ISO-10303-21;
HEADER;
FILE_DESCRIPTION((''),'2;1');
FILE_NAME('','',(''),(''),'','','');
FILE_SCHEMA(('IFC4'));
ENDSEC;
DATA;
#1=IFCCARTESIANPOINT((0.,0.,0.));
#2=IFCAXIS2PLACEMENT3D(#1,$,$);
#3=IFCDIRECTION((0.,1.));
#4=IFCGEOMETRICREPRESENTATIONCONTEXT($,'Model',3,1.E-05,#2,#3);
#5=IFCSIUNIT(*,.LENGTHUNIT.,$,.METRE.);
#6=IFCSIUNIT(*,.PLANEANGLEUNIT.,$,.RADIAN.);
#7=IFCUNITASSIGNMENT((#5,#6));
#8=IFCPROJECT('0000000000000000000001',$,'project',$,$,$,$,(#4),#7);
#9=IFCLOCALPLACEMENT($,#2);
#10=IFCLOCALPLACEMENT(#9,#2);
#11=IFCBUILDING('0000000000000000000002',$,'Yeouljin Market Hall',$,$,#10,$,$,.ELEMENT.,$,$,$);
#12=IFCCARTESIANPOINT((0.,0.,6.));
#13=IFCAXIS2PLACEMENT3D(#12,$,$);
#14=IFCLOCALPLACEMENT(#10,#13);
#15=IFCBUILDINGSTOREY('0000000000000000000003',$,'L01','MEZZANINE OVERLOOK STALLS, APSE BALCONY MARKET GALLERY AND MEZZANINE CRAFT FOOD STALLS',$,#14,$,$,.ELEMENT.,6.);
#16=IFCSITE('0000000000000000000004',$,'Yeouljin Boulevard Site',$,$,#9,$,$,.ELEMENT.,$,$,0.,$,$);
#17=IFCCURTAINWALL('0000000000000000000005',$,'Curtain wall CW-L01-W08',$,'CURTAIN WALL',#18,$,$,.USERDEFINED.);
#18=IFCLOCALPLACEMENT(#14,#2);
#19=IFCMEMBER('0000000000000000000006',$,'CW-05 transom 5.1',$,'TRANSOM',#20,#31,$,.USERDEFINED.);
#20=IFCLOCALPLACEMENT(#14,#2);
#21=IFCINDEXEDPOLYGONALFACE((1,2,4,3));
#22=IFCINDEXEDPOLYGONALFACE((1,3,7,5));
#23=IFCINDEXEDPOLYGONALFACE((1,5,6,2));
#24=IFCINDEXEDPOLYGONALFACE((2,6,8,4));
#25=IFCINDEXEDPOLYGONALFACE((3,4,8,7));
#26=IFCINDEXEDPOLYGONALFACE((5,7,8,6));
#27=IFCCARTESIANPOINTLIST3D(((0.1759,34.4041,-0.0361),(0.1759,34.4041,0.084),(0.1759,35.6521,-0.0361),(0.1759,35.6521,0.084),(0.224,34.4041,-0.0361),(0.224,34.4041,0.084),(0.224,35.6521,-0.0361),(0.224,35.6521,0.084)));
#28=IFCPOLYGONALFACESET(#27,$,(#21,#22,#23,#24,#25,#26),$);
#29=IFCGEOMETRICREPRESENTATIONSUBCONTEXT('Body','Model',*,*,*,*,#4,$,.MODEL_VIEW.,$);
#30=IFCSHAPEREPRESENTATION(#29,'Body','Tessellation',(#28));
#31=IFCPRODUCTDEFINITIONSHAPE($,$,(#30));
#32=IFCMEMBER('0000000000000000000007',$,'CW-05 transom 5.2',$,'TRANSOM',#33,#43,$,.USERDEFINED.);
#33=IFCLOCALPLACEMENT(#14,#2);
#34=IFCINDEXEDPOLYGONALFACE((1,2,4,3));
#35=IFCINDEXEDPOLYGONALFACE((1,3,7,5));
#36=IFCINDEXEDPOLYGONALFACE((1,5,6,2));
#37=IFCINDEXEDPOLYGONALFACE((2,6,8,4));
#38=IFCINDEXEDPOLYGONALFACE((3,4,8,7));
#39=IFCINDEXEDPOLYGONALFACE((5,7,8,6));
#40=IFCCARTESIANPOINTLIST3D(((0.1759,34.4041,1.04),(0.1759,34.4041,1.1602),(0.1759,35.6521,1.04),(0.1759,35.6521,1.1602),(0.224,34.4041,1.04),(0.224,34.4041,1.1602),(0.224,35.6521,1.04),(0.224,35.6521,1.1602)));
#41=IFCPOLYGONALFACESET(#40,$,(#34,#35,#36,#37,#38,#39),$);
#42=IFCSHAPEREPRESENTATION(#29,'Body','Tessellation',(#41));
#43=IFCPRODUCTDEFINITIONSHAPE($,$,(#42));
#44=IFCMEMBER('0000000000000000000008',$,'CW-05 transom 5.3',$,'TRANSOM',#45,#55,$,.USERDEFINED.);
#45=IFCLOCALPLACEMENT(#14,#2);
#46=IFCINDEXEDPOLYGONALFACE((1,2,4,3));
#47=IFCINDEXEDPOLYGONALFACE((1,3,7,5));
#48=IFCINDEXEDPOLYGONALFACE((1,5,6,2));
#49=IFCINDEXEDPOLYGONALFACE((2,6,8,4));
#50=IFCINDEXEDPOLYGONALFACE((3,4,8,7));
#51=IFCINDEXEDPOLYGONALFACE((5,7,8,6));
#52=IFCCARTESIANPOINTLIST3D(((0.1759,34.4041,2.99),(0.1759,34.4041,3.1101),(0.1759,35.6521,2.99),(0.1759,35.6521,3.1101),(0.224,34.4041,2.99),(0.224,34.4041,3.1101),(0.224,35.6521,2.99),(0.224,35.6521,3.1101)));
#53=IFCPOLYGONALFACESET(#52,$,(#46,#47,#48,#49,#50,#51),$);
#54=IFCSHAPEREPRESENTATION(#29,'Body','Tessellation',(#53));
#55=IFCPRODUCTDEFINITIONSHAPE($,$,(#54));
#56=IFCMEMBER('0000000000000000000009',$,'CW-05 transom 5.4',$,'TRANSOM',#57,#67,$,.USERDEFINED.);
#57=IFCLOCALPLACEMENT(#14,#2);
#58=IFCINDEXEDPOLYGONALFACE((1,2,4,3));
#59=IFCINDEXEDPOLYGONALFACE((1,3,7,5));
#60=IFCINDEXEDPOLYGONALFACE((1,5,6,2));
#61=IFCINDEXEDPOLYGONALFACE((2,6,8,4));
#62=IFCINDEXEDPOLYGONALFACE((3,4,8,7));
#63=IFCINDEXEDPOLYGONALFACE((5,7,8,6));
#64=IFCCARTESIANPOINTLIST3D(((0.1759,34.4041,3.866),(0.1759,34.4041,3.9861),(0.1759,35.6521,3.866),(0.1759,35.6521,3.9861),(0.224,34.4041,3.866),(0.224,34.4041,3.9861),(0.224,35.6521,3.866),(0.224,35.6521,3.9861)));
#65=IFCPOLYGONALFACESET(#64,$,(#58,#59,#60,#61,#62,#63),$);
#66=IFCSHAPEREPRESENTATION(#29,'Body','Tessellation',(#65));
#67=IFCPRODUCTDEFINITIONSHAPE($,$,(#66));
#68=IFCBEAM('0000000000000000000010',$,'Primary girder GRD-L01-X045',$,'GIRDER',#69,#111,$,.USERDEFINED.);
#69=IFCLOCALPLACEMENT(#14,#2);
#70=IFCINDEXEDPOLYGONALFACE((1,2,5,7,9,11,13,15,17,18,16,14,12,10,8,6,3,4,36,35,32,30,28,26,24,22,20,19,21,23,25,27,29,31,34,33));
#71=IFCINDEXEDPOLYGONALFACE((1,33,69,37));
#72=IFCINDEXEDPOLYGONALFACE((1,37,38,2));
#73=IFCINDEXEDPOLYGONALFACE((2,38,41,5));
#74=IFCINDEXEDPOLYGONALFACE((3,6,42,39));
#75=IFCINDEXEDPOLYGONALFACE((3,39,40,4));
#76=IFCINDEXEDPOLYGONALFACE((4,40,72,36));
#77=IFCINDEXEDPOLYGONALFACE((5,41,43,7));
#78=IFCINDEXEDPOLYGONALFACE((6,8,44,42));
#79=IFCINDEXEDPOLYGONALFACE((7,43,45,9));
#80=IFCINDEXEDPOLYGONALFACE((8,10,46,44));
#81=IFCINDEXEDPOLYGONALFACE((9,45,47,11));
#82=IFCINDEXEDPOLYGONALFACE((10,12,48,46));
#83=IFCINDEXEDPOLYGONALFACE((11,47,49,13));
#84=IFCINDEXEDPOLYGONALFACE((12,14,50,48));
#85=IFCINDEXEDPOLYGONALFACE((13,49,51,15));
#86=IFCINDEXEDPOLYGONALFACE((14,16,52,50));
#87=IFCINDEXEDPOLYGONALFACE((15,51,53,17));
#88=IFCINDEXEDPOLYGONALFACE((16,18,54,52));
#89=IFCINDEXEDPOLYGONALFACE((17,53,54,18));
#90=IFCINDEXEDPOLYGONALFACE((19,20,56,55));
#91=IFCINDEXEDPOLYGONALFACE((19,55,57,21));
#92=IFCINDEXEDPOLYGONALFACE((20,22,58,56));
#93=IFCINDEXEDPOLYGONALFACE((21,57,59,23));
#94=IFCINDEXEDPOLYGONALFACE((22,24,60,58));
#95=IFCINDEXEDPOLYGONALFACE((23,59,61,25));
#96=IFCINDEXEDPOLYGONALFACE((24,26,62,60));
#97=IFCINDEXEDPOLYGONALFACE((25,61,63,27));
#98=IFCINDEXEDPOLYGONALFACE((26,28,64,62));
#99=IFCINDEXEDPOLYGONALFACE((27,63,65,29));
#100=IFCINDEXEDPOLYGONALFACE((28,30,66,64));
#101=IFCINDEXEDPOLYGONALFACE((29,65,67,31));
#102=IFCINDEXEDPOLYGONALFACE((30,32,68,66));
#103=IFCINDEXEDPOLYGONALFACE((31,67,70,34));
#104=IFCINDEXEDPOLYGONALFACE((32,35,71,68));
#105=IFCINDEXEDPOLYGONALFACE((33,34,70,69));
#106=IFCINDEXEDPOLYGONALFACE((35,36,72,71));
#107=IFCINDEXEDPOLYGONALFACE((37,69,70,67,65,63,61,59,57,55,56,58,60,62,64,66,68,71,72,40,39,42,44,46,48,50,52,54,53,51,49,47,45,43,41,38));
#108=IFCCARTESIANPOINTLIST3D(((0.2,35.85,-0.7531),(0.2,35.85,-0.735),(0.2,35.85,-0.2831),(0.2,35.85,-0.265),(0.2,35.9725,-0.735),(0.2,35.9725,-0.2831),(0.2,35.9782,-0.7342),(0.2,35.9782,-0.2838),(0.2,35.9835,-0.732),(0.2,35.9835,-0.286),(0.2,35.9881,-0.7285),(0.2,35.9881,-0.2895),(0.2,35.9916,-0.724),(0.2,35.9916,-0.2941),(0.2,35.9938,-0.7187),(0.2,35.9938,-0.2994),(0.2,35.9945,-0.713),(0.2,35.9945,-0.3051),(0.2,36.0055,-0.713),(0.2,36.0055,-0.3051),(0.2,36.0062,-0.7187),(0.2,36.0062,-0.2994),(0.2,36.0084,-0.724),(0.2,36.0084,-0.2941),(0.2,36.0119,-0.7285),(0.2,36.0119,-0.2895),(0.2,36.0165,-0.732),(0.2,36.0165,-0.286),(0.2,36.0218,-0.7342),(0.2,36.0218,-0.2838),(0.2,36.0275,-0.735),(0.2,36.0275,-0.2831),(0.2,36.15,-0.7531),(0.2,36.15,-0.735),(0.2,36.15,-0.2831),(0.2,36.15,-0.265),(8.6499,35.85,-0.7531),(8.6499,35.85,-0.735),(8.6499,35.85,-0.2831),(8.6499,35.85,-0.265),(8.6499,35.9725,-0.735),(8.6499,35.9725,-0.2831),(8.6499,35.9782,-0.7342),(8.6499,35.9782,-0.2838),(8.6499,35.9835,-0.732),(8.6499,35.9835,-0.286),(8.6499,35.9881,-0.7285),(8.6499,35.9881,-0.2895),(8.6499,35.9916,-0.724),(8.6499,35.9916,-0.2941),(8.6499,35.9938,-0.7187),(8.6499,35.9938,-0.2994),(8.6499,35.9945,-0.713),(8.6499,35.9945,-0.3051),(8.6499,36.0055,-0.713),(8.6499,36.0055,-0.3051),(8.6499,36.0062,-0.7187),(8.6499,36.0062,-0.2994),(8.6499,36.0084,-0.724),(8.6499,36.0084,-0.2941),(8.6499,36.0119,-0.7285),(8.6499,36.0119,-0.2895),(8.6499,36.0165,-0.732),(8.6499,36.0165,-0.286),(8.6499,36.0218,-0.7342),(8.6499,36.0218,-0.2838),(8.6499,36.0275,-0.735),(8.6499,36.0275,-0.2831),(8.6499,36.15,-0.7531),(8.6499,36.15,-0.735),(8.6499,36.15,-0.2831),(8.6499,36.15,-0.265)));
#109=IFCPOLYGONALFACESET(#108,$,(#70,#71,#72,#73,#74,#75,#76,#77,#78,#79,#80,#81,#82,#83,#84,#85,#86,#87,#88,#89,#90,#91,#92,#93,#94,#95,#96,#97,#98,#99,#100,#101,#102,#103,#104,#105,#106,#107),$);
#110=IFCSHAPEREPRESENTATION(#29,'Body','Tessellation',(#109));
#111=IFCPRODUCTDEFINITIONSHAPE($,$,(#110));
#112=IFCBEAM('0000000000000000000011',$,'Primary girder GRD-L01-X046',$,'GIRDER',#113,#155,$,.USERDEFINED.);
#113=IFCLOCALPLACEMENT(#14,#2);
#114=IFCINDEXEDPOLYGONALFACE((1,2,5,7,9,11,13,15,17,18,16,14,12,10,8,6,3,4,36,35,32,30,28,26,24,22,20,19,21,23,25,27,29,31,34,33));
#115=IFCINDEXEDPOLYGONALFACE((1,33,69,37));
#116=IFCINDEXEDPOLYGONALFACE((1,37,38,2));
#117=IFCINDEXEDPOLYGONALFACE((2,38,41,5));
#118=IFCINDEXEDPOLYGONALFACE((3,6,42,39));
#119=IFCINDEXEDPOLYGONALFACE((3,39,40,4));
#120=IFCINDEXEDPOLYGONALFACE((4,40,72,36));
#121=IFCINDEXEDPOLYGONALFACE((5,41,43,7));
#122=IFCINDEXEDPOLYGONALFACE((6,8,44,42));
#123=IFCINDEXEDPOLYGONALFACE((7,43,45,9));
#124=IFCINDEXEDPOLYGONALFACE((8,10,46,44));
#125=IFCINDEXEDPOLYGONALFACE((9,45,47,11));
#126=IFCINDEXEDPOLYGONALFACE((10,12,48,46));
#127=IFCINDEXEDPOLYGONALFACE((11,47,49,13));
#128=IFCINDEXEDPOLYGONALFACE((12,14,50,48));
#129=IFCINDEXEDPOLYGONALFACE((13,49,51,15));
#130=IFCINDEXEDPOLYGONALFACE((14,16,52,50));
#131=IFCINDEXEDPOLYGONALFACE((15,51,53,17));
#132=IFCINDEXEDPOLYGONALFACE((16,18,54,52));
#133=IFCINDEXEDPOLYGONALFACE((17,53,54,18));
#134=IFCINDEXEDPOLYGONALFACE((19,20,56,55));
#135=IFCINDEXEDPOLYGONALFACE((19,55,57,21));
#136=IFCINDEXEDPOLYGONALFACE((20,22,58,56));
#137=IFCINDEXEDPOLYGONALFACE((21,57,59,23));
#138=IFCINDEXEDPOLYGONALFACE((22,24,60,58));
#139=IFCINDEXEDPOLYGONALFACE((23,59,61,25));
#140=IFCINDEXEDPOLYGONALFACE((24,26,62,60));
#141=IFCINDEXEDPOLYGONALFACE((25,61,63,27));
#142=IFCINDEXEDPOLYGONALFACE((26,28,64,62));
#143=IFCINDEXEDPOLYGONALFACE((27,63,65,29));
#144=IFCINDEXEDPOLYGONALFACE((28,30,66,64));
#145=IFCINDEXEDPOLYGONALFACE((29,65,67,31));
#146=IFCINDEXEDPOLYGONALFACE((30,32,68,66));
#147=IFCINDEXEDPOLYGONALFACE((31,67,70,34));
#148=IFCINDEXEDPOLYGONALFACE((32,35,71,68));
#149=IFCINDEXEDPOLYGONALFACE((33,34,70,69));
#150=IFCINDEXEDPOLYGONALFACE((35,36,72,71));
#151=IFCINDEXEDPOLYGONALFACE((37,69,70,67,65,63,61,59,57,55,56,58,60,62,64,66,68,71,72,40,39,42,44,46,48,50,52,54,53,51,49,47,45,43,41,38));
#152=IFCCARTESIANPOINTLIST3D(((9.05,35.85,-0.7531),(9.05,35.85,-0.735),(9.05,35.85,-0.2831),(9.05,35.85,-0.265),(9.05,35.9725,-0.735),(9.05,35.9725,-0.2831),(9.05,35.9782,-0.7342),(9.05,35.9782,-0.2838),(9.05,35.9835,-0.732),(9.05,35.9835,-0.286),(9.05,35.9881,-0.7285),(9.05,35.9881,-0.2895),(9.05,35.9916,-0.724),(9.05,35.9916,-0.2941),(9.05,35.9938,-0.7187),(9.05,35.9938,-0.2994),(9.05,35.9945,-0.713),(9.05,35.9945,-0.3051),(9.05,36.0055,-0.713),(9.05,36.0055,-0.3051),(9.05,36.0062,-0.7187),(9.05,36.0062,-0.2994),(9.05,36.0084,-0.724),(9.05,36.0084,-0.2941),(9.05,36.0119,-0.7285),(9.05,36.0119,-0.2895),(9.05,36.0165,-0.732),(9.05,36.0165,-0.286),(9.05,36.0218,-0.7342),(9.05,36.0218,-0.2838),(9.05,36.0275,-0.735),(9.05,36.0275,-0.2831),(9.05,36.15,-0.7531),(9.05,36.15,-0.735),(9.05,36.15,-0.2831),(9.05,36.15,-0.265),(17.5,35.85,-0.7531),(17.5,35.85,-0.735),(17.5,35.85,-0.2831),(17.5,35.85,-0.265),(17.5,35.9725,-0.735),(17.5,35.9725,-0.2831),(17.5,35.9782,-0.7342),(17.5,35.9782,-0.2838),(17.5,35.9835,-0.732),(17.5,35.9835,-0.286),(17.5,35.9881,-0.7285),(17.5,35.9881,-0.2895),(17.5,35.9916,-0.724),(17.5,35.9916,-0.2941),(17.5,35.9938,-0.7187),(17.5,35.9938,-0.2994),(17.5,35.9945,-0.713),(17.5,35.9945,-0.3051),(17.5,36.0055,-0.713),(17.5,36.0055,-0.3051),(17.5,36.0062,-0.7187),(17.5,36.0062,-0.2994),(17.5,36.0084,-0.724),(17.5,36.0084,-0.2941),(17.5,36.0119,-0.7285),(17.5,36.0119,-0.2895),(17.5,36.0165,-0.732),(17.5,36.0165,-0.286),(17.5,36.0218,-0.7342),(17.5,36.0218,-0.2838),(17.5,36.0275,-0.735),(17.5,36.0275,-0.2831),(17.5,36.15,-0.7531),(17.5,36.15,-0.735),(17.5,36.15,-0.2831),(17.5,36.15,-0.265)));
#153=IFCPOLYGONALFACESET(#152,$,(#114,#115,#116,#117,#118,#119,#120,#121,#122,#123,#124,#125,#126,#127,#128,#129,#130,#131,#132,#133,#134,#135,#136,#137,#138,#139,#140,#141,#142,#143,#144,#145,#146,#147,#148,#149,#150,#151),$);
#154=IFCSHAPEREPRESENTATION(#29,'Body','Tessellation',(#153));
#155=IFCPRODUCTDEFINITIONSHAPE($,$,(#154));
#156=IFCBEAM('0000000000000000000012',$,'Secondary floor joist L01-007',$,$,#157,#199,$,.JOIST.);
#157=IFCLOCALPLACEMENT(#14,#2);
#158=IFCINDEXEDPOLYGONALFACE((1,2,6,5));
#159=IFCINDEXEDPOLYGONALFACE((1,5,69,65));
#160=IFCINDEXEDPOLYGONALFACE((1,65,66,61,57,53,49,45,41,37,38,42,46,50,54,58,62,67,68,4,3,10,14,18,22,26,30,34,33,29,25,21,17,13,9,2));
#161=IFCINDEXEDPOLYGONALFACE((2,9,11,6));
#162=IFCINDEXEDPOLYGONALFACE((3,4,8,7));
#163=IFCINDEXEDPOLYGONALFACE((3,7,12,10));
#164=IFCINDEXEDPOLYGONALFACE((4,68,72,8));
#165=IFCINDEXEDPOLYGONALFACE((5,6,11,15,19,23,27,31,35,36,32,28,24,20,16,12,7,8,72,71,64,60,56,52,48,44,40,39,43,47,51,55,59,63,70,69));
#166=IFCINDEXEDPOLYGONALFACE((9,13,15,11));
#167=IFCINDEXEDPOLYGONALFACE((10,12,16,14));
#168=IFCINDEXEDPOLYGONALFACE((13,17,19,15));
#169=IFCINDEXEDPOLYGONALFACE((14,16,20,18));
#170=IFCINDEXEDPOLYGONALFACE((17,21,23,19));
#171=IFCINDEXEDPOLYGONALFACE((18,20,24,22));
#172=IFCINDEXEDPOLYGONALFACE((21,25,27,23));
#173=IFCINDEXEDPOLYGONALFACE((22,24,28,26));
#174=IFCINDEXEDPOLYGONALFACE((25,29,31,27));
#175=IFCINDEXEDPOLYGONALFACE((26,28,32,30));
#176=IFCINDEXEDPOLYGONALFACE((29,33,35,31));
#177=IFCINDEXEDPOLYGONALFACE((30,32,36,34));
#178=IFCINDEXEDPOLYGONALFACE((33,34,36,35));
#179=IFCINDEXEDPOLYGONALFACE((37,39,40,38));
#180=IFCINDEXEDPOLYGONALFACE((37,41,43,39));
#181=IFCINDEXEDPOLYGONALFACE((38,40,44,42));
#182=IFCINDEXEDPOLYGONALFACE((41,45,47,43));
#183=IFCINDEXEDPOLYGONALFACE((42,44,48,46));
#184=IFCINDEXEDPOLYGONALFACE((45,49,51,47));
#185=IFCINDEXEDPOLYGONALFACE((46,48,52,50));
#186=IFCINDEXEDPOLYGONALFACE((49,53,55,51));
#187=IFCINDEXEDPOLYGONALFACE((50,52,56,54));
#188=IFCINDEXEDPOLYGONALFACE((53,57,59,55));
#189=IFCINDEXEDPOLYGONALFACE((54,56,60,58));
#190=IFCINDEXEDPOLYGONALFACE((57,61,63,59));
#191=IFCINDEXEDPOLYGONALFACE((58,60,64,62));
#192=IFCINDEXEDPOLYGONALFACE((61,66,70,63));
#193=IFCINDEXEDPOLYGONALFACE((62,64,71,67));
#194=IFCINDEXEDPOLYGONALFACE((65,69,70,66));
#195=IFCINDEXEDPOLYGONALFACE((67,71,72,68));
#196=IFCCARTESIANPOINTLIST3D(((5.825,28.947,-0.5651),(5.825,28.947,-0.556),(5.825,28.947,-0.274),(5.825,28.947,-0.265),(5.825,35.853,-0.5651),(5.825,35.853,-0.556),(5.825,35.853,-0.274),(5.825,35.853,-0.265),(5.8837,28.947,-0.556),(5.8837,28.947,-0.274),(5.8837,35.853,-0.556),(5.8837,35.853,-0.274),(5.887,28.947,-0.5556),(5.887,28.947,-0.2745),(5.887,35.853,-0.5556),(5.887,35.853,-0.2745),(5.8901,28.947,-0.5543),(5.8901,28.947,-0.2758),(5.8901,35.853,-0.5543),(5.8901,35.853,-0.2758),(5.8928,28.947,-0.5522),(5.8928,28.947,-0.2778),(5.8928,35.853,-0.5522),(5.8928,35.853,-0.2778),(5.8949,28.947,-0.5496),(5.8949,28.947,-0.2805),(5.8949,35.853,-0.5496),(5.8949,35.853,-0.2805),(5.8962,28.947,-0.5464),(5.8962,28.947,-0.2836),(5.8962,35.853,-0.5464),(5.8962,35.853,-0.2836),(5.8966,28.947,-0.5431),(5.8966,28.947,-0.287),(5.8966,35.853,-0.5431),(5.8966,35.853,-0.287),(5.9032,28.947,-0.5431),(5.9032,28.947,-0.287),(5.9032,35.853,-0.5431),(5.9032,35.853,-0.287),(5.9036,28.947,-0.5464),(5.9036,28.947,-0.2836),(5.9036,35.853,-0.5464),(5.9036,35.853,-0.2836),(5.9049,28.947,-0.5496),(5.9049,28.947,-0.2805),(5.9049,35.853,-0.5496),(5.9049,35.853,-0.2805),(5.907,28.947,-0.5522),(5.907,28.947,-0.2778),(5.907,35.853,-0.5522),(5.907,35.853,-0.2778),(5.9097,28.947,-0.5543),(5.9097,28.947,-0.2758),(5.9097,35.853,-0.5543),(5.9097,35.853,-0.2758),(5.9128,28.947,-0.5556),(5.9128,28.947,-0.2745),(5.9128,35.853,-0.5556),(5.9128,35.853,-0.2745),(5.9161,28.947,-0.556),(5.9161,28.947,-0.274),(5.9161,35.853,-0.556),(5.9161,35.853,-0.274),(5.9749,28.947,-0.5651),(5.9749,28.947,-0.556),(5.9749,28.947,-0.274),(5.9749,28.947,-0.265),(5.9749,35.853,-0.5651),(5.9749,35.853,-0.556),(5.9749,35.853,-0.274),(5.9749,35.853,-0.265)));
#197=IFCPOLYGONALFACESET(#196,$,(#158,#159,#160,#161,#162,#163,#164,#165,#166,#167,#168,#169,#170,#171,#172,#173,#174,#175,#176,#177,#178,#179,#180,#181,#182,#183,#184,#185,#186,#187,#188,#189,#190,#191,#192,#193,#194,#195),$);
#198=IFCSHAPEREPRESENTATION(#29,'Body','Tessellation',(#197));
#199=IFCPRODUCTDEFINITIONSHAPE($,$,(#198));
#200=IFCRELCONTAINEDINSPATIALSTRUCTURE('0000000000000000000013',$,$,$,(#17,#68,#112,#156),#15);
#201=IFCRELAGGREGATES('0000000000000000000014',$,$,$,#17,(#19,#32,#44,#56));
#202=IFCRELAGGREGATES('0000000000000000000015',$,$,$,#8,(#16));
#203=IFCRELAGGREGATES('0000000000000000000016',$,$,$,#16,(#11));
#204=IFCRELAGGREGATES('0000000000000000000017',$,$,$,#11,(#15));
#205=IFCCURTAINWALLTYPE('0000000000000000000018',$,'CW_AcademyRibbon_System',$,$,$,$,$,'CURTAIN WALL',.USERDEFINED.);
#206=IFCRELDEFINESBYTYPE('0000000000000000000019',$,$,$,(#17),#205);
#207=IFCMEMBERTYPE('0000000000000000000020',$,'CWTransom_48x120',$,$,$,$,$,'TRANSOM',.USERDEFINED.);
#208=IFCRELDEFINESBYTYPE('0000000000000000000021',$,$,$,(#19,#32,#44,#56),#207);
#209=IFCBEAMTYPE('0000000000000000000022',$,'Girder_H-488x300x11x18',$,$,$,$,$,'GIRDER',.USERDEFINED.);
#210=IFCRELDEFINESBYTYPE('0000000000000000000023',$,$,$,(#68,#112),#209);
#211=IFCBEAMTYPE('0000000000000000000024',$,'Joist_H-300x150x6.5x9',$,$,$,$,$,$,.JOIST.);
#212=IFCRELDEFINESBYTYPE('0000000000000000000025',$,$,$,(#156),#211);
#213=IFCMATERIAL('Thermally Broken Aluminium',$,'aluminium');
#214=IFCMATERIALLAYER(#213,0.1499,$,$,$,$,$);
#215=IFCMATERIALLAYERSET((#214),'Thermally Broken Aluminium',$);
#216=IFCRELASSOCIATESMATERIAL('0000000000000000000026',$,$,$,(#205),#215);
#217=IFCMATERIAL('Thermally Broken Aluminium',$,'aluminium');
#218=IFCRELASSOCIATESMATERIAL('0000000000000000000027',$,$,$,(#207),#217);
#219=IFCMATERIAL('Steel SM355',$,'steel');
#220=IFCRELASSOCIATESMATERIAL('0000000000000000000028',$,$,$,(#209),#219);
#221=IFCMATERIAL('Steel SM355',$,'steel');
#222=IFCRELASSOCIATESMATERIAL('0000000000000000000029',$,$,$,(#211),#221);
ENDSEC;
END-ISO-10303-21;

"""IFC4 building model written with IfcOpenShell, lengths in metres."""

from ifc_helpers import new_model, si_unit, direction, frame, origin, origin_2d, place, context, subcontext, project, spatial, rectangle, i_section, extrude, material, layer, layer_set, material_profile, profile_set, type_object, element, aggregate, save


model = new_model("IFC4")

# Units and contexts
model_context = context("Model", 3, precision=1e-05, world=origin(), true_north=direction((0.0, 1.0)))
body_context = subcontext(model_context, "Body", "Model", "MODEL_VIEW")
ifc_project = project(units=[si_unit("LENGTHUNIT", "METRE"), si_unit("PLANEANGLEUNIT", "RADIAN")], contexts=[model_context])

# Site, building, storey
site_placement = place(None, origin())
site = spatial("IfcSite", under=ifc_project, at=site_placement, Name="Yeouljin Boulevard Site", CompositionType="ELEMENT", RefElevation=0.0)
building_placement = place(site_placement, origin())
building = spatial("IfcBuilding", under=site, at=building_placement, Name="Yeouljin Market Hall", CompositionType="ELEMENT")
storey_placement = place(building_placement, frame((0.0, 0.0, 6.0)))
storey = spatial("IfcBuildingStorey", under=building, at=storey_placement, Name="L01", Description="MEZZANINE OVERLOOK STALLS, APSE BALCONY MARKET GALLERY AND MEZZANINE CRAFT FOOD STALLS", CompositionType="ELEMENT", Elevation=6.0)

# Curtain wall, members
ifc_material_1 = material(Name="Thermally Broken Aluminium", Category="aluminium")
ifc_layer_1 = layer(ifc_material_1, 0.1499)
ifc_layer_set_1 = layer_set([ifc_layer_1], Name="Thermally Broken Aluminium")
curtain_wall_type = type_object("IfcCurtainWallType", Name="CW_AcademyRibbon_System", ElementType="CURTAIN WALL", PredefinedType="USERDEFINED", material=ifc_layer_set_1)
curtain_wall_placement = place(storey_placement, origin())
curtain_wall = element("IfcCurtainWall", 1, at=curtain_wall_placement, inside=storey, type_object=curtain_wall_type, Name="Curtain wall CW-L01-W08", ObjectType="CURTAIN WALL", PredefinedType="USERDEFINED")
ifc_material_2 = material(Name="Thermally Broken Aluminium", Category="aluminium")
ifc_material_profile_1 = material_profile(ifc_material_2, rectangle(XDim=0.0481, YDim=0.1201, at=origin_2d()), Name="CW-TRAN-48x120")
ifc_profile_set_1 = profile_set([ifc_material_profile_1], Name="Thermally Broken Aluminium")
member_type_1 = type_object("IfcMemberType", Name="CWTransom_48x120", ElementType="TRANSOM", PredefinedType="USERDEFINED", material=ifc_profile_set_1)
member_1_placement = place(storey_placement, frame((0.2, 34.4041, 0.0239), z_axis=(0.0, 1.0, 0.0), x_axis=(-1.0, 0.0, 0.0)))
member_1 = element("IfcMember", 2, at=member_1_placement, type_object=member_type_1, Name="CW-05 transom 5.1", ObjectType="TRANSOM", PredefinedType="USERDEFINED", context=body_context, shape_type="SweptSolid", body=[
    extrude(rectangle(XDim=0.0481, YDim=0.1201, at=origin_2d()), origin(), (0.0, 0.0, 1.0), 1.248),
])
member_2_placement = place(storey_placement, frame((0.2, 34.4041, 1.1001), z_axis=(0.0, 1.0, 0.0), x_axis=(-1.0, 0.0, 0.0)))
member_2 = element("IfcMember", 3, at=member_2_placement, type_object=member_type_1, Name="CW-05 transom 5.2", ObjectType="TRANSOM", PredefinedType="USERDEFINED", context=body_context, shape_type="SweptSolid", body=[
    extrude(rectangle(XDim=0.0481, YDim=0.1201, at=origin_2d()), origin(), (0.0, 0.0, 1.0), 1.248),
])
member_3_placement = place(storey_placement, frame((0.2, 34.4041, 3.05), z_axis=(0.0, 1.0, 0.0), x_axis=(-1.0, 0.0, 0.0)))
member_3 = element("IfcMember", 4, at=member_3_placement, type_object=member_type_1, Name="CW-05 transom 5.3", ObjectType="TRANSOM", PredefinedType="USERDEFINED", context=body_context, shape_type="SweptSolid", body=[
    extrude(rectangle(XDim=0.0481, YDim=0.1201, at=origin_2d()), origin(), (0.0, 0.0, 1.0), 1.248),
])
member_4_placement = place(storey_placement, frame((0.2, 34.4041, 3.926), z_axis=(0.0, 1.0, 0.0), x_axis=(-1.0, 0.0, 0.0)))
member_4 = element("IfcMember", 5, at=member_4_placement, type_object=member_type_1, Name="CW-05 transom 5.4", ObjectType="TRANSOM", PredefinedType="USERDEFINED", context=body_context, shape_type="SweptSolid", body=[
    extrude(rectangle(XDim=0.0481, YDim=0.1201, at=origin_2d()), origin(), (0.0, 0.0, 1.0), 1.248),
])

# Beams
ifc_material_3 = material(Name="Steel SM355", Category="steel")
ifc_material_profile_2 = material_profile(ifc_material_3, i_section(OverallWidth=0.3, OverallDepth=0.488, WebThickness=0.011, FlangeThickness=0.0181, FilletRadius=0.022, at=origin_2d()), Name="H-488x300x11x18")
ifc_profile_set_2 = profile_set([ifc_material_profile_2], Name="Steel SM355")
beam_type_1 = type_object("IfcBeamType", Name="Girder_H-488x300x11x18", ElementType="GIRDER", PredefinedType="USERDEFINED", material=ifc_profile_set_2)
for number, where, z_axis, x_axis, name in (
    (6, (0.2, 36.0, -0.509), (1.0, 0.0, 0.0), (0.0, 1.0, 0.0), "Primary girder GRD-L01-X045"),
    (7, (9.05, 36.0, -0.509), (1.0, 0.0, 0.0), (0.0, 1.0, 0.0), "Primary girder GRD-L01-X046"),
):
    element("IfcBeam", number, at=place(storey_placement, frame(where, z_axis=z_axis, x_axis=x_axis)), inside=storey, type_object=beam_type_1, Name=name, ObjectType="GIRDER", PredefinedType="USERDEFINED", context=body_context, shape_type="SweptSolid", body=[
        extrude(i_section(OverallWidth=0.3, OverallDepth=0.488, WebThickness=0.011, FlangeThickness=0.0181, FilletRadius=0.022, at=origin_2d()), origin(), (0.0, 0.0, 1.0), 8.45),
    ])
ifc_material_4 = material(Name="Steel SM355", Category="steel")
ifc_material_profile_3 = material_profile(ifc_material_4, i_section(OverallWidth=0.1499, OverallDepth=0.3, WebThickness=0.0066, FlangeThickness=0.009, FilletRadius=0.0129, at=origin_2d()), Name="H-300x150x6.5x9")
ifc_profile_set_3 = profile_set([ifc_material_profile_3], Name="Steel SM355")
beam_type_2 = type_object("IfcBeamType", Name="Joist_H-300x150x6.5x9", PredefinedType="JOIST", material=ifc_profile_set_3)
beam_1_placement = place(storey_placement, frame((5.8999, 28.947, -0.415), z_axis=(0.0, 1.0, 0.0), x_axis=(-1.0, 0.0, 0.0)))
element("IfcBeam", 8, at=beam_1_placement, inside=storey, type_object=beam_type_2, Name="Secondary floor joist L01-007", PredefinedType="JOIST", context=body_context, shape_type="SweptSolid", body=[
    extrude(i_section(OverallWidth=0.1499, OverallDepth=0.3, WebThickness=0.0066, FlangeThickness=0.009, FilletRadius=0.0129, at=origin_2d()), origin(), (0.0, 0.0, 1.0), 6.906),
])

aggregate(curtain_wall, [member_1, member_2, member_3, member_4])

save(model, "model.ifc")
